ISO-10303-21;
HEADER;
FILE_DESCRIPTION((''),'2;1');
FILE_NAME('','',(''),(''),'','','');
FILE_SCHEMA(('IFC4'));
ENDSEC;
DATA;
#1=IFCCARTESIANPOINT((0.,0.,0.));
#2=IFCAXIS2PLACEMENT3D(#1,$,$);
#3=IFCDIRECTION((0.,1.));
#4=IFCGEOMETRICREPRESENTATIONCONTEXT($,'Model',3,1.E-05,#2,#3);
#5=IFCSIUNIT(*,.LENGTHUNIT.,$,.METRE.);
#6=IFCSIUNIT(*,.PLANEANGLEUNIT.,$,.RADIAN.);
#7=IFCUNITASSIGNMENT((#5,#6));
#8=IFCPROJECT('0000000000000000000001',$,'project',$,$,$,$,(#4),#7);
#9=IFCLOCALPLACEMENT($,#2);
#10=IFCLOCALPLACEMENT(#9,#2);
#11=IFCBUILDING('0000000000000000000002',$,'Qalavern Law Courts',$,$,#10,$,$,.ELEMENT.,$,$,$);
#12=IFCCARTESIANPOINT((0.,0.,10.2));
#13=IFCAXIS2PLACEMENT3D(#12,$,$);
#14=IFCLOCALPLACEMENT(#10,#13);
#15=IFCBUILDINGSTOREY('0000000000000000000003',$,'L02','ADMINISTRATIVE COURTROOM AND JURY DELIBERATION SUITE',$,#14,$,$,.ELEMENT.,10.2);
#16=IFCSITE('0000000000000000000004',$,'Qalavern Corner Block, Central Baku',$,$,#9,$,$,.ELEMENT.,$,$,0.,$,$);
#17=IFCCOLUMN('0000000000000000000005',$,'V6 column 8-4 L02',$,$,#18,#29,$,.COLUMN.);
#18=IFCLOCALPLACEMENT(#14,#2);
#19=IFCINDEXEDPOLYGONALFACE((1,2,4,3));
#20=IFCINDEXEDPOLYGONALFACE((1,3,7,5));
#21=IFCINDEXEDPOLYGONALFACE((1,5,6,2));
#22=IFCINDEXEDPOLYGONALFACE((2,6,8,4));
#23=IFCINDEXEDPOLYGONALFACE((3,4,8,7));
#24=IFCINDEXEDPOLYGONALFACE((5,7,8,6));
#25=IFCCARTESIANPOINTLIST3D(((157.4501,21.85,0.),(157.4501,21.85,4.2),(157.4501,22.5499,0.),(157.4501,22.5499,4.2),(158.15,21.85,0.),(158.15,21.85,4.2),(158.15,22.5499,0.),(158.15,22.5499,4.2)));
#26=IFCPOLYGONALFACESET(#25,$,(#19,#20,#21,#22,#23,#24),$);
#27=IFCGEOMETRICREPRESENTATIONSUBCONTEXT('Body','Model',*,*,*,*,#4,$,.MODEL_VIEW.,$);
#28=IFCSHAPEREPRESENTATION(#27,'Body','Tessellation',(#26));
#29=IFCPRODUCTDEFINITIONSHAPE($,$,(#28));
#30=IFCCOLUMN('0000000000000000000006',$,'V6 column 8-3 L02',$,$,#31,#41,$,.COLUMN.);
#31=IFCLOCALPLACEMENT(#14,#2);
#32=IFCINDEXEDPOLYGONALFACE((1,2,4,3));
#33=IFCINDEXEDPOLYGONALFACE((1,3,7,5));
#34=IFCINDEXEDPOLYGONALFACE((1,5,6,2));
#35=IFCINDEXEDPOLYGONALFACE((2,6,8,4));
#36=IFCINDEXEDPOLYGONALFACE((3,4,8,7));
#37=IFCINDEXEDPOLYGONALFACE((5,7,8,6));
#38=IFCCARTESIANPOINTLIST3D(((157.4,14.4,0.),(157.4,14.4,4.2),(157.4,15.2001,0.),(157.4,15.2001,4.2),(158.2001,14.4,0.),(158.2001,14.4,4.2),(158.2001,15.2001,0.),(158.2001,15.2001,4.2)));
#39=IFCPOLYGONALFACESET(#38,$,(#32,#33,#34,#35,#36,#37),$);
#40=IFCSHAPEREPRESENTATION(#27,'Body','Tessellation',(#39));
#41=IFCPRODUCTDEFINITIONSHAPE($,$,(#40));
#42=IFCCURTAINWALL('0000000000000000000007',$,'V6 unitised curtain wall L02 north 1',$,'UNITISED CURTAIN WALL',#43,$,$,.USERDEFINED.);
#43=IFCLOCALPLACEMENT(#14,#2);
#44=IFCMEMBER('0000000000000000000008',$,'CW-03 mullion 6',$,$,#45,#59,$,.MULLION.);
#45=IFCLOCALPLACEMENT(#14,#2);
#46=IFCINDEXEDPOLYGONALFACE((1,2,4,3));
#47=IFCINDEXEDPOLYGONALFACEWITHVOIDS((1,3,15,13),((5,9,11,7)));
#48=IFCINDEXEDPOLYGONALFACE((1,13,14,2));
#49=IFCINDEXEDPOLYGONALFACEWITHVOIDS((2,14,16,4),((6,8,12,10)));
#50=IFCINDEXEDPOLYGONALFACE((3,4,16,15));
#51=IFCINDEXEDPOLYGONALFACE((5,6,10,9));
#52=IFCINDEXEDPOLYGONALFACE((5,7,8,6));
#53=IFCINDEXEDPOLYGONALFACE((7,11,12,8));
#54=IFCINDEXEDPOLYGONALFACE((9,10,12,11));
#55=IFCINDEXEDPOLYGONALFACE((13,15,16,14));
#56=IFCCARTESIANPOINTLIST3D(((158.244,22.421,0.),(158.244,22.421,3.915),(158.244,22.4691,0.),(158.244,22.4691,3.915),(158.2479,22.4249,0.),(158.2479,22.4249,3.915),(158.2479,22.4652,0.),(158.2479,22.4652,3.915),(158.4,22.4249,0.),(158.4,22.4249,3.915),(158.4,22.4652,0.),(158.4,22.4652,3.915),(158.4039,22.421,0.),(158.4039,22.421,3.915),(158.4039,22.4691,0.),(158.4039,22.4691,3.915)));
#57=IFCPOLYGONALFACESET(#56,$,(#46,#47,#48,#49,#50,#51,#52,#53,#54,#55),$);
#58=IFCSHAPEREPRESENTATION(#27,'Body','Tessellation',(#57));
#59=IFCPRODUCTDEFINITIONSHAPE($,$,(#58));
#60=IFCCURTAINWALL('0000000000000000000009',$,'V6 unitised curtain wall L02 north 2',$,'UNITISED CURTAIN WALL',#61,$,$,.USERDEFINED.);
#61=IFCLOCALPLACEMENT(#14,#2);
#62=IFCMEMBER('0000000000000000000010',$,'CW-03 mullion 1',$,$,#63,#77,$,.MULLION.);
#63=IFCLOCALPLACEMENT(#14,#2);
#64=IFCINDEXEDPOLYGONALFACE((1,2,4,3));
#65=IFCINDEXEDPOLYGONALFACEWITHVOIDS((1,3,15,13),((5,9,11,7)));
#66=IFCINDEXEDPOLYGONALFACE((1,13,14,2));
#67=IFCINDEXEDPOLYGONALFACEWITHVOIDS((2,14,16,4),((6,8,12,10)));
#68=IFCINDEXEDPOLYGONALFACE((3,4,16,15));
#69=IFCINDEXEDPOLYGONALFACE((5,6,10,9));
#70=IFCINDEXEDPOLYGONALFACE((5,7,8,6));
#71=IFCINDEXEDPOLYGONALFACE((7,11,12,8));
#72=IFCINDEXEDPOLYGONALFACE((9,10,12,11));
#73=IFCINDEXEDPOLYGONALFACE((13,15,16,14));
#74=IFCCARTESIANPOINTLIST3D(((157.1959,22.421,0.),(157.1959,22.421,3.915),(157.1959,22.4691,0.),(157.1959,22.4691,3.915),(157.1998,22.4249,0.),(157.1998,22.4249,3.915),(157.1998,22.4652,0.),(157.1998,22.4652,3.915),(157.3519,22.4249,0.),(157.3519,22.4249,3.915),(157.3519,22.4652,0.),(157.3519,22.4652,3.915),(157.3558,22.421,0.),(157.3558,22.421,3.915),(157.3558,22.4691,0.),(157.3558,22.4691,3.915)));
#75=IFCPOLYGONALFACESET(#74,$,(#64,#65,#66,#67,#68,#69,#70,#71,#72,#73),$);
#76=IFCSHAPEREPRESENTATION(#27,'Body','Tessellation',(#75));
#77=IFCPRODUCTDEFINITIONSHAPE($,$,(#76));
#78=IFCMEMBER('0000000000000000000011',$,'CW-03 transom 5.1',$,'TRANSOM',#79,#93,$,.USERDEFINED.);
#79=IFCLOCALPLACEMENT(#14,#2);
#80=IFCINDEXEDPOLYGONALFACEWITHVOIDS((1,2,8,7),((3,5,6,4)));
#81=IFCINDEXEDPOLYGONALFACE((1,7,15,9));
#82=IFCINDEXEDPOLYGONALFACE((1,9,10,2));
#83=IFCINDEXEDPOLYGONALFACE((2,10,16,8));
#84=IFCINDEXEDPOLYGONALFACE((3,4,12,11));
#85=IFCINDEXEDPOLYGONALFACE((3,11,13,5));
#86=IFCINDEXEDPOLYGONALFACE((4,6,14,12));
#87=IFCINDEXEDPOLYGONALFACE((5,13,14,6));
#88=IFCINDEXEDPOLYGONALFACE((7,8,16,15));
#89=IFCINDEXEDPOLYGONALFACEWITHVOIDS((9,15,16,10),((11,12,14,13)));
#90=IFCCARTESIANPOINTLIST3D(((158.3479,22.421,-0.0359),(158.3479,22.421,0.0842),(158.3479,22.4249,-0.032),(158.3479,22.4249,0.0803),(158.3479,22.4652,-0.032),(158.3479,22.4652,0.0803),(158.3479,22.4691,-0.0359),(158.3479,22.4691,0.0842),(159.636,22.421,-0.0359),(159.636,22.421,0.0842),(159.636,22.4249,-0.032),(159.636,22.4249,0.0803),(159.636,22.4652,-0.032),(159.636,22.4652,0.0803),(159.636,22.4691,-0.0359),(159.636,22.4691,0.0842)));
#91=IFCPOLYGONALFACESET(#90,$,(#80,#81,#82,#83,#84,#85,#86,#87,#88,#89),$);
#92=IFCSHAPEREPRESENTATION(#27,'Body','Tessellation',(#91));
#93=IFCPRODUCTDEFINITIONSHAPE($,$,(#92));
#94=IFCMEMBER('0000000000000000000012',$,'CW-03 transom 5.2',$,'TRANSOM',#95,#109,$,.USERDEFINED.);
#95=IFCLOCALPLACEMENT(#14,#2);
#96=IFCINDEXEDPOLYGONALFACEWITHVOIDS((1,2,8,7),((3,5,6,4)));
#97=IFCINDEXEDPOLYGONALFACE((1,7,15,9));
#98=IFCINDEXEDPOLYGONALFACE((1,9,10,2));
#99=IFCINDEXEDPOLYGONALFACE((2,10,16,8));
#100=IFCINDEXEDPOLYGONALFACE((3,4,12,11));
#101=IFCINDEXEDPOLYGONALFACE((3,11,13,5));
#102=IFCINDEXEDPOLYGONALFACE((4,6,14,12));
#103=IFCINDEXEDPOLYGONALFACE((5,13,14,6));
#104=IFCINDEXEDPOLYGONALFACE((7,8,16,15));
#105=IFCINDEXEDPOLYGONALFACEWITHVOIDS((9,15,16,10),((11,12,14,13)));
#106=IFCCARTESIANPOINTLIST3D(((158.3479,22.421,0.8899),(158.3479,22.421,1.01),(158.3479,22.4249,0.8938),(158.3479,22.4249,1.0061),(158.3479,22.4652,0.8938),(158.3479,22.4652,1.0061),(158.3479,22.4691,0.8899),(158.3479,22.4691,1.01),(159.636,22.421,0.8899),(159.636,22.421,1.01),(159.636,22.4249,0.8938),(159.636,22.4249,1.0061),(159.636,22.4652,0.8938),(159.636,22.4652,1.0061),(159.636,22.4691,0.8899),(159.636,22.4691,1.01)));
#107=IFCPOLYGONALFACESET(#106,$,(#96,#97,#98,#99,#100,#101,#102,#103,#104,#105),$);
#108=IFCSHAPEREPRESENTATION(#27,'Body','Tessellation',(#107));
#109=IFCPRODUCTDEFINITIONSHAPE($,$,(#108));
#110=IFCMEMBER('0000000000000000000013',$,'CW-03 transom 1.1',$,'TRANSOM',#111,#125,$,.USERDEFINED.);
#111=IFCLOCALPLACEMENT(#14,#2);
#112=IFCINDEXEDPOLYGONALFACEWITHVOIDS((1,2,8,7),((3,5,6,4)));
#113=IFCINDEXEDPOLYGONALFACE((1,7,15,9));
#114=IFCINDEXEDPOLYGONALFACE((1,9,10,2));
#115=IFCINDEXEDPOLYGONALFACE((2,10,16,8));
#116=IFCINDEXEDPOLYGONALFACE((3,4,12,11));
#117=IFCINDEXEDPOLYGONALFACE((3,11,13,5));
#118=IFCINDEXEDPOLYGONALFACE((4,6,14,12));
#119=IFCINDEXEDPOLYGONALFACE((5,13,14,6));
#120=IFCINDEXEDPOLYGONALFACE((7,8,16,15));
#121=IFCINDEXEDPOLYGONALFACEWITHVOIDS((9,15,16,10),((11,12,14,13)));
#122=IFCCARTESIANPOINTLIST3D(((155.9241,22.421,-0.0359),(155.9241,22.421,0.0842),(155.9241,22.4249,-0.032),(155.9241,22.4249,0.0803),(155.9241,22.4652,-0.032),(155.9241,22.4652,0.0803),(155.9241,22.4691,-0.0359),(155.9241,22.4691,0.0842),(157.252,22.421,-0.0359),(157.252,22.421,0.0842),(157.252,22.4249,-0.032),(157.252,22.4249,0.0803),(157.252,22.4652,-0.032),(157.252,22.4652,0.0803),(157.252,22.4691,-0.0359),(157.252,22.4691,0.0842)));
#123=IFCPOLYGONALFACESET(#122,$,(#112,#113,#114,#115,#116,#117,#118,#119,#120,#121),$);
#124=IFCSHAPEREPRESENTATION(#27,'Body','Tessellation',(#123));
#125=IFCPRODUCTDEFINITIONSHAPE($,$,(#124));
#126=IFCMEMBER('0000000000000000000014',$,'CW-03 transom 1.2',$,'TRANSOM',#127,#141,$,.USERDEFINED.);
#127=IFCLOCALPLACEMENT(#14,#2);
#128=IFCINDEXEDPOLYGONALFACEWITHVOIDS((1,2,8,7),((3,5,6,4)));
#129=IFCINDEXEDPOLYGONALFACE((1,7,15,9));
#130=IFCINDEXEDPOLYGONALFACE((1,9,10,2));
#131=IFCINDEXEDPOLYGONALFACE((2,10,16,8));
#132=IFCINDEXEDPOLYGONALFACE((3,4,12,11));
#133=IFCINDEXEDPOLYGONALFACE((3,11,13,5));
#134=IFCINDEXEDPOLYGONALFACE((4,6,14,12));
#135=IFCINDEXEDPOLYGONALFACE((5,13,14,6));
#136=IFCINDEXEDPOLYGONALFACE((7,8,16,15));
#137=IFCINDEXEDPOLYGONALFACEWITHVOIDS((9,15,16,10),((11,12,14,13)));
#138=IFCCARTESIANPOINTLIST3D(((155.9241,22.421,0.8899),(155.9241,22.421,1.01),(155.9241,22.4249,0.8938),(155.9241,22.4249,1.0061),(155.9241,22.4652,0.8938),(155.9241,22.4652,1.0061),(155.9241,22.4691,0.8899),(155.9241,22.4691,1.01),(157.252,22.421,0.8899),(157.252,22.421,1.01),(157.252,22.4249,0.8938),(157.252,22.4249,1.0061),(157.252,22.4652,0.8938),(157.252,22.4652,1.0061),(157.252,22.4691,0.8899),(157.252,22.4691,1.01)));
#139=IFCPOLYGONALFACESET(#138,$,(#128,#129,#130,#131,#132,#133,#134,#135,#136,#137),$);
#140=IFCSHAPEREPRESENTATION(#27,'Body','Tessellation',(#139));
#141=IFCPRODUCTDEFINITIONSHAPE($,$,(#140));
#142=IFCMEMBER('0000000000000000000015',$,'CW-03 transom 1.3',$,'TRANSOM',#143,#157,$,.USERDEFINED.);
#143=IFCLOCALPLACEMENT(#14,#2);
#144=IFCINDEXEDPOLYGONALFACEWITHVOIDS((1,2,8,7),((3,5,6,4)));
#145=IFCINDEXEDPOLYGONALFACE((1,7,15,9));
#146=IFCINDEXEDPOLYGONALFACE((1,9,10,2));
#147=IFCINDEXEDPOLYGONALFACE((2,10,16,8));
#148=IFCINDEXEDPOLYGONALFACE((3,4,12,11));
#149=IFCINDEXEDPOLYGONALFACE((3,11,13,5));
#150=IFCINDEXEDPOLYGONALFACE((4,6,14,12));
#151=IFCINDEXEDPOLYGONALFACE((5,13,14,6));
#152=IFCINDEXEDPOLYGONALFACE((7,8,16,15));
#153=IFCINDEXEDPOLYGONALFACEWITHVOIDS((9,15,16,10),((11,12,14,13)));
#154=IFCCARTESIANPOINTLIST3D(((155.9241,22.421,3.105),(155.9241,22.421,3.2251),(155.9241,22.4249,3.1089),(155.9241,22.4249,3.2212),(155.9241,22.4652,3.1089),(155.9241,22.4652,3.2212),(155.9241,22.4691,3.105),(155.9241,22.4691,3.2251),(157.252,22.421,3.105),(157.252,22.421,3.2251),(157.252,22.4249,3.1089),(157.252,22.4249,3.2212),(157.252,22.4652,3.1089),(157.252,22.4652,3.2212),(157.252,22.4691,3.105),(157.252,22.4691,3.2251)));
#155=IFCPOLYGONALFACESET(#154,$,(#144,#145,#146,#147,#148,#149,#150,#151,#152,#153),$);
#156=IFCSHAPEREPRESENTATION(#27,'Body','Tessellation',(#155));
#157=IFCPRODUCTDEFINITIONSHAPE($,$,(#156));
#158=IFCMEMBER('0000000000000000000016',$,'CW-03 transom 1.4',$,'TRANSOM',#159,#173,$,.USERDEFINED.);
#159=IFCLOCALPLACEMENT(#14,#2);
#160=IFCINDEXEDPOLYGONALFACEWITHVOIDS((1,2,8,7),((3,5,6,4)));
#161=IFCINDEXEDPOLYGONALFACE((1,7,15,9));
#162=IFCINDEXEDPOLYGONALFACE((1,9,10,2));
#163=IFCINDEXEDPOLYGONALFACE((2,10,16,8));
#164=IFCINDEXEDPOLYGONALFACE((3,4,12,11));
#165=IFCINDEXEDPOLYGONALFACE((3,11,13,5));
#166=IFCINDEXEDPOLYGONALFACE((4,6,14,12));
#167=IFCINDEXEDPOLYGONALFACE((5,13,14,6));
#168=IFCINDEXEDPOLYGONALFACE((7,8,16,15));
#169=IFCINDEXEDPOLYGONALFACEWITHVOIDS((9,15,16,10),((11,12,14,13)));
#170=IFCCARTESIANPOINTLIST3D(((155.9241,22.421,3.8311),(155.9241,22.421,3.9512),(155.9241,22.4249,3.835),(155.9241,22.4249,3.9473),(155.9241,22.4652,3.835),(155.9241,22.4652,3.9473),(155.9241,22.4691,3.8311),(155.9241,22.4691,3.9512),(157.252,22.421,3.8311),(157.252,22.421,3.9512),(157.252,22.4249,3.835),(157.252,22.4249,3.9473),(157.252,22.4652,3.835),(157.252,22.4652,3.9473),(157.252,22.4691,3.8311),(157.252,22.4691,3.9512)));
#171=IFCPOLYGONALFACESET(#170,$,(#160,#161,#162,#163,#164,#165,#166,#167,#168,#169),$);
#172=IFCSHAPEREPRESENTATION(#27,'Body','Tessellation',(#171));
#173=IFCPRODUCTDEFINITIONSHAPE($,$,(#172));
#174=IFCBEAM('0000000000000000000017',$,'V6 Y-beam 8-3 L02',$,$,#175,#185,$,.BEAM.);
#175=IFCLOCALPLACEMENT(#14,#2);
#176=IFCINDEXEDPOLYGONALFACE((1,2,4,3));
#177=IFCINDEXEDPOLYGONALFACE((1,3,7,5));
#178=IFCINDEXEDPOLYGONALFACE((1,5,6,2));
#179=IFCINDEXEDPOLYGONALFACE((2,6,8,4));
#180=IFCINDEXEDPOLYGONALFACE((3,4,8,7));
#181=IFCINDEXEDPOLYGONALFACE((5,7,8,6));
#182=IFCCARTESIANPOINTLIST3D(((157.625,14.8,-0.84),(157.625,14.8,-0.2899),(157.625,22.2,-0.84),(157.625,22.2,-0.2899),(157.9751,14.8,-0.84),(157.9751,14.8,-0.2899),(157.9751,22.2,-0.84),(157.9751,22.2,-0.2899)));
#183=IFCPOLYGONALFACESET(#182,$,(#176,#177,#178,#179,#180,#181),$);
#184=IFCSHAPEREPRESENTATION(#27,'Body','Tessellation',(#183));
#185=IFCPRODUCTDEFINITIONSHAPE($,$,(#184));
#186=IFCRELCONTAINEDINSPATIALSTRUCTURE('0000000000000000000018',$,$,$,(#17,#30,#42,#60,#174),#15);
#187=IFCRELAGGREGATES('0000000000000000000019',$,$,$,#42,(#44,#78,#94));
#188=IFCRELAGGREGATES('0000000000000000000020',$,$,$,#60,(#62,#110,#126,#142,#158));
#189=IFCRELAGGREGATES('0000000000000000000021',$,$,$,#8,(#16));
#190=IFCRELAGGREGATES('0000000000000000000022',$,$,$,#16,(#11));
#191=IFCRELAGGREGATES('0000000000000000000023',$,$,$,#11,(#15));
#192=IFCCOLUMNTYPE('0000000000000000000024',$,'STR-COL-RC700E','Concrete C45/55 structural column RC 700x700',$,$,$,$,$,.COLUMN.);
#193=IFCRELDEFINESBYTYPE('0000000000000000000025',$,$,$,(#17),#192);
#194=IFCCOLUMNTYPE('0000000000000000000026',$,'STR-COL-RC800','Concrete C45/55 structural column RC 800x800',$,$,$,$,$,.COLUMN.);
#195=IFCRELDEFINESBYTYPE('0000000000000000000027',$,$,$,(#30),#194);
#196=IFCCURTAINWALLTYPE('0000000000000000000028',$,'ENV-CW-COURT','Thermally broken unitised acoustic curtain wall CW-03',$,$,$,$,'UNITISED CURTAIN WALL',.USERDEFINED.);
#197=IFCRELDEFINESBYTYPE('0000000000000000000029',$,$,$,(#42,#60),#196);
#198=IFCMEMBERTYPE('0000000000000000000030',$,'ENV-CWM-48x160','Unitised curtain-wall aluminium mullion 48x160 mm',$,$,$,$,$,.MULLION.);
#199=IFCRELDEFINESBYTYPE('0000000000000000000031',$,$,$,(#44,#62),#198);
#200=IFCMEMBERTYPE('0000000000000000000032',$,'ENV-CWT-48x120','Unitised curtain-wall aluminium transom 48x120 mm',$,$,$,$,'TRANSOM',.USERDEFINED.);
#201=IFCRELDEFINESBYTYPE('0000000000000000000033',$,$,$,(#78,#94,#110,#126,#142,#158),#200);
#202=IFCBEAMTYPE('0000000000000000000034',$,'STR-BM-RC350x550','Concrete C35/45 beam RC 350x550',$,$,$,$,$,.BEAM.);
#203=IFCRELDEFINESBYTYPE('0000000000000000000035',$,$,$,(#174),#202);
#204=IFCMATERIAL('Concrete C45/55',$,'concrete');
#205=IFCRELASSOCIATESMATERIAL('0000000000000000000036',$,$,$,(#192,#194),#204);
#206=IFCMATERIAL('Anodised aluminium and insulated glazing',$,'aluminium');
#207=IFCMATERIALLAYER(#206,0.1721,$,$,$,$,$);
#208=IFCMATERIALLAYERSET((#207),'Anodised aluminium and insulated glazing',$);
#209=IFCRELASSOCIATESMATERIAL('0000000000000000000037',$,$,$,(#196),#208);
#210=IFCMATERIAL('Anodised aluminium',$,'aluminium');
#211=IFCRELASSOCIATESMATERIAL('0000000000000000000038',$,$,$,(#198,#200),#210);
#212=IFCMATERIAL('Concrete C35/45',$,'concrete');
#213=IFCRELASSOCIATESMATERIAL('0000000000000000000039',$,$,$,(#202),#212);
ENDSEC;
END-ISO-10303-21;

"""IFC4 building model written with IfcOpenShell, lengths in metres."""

from ifc_helpers import new_model, si_unit, direction, frame, origin, origin_2d, place, context, subcontext, project, spatial, rectangle, hollow_rectangle, extrude, material, layer, layer_set, material_profile, profile_set, type_object, element, aggregate, save


model = new_model("IFC4")

# Units and contexts
model_context = context("Model", 3, precision=1e-05, world=origin(), true_north=direction((0.0, 1.0)))
body_context = subcontext(model_context, "Body", "Model", "MODEL_VIEW")
ifc_project = project(units=[si_unit("LENGTHUNIT", "METRE"), si_unit("PLANEANGLEUNIT", "RADIAN")], contexts=[model_context])

# Site, building, storey
site_placement = place(None, origin())
site = spatial("IfcSite", under=ifc_project, at=site_placement, Name="Qalavern Corner Block, Central Baku", CompositionType="ELEMENT", RefElevation=0.0)
building_placement = place(site_placement, origin())
building = spatial("IfcBuilding", under=site, at=building_placement, Name="Qalavern Law Courts", CompositionType="ELEMENT")
storey_placement = place(building_placement, frame((0.0, 0.0, 10.2)))
storey = spatial("IfcBuildingStorey", under=building, at=storey_placement, Name="L02", Description="ADMINISTRATIVE COURTROOM AND JURY DELIBERATION SUITE", CompositionType="ELEMENT", Elevation=10.2)

# Columns
ifc_material_1 = material(Name="Concrete C45/55", Category="concrete")
ifc_material_profile_1 = material_profile(ifc_material_1, rectangle(XDim=0.7, YDim=0.7, at=origin_2d()), Name="RC 700x700")
ifc_profile_set_1 = profile_set([ifc_material_profile_1], Name="Concrete C45/55")
column_type_1 = type_object("IfcColumnType", Name="STR-COL-RC700E", Description="Concrete C45/55 structural column RC 700x700", PredefinedType="COLUMN", material=ifc_profile_set_1)
column_1_placement = place(storey_placement, frame((157.8, 22.2, 0.0), z_axis=(0.0, 0.0, 1.0), x_axis=(1.0, 0.0, 0.0)))
element("IfcColumn", 1, at=column_1_placement, inside=storey, type_object=column_type_1, Name="V6 column 8-4 L02", PredefinedType="COLUMN", context=body_context, shape_type="SweptSolid", body=[
    extrude(rectangle(XDim=0.7, YDim=0.7, at=origin_2d()), origin(), (0.0, 0.0, 1.0), 4.2),
])
ifc_material_profile_2 = material_profile(ifc_material_1, rectangle(XDim=0.8, YDim=0.8, at=origin_2d()), Name="RC 800x800")
ifc_profile_set_2 = profile_set([ifc_material_profile_2], Name="Concrete C45/55")
column_type_2 = type_object("IfcColumnType", Name="STR-COL-RC800", Description="Concrete C45/55 structural column RC 800x800", PredefinedType="COLUMN", material=ifc_profile_set_2)
column_2_placement = place(storey_placement, frame((157.8, 14.8, 0.0), z_axis=(0.0, 0.0, 1.0), x_axis=(1.0, 0.0, 0.0)))
element("IfcColumn", 2, at=column_2_placement, inside=storey, type_object=column_type_2, Name="V6 column 8-3 L02", PredefinedType="COLUMN", context=body_context, shape_type="SweptSolid", body=[
    extrude(rectangle(XDim=0.8, YDim=0.8, at=origin_2d()), origin(), (0.0, 0.0, 1.0), 4.2),
])

# Curtain walls, members
ifc_material_2 = material(Name="Anodised aluminium and insulated glazing", Category="aluminium")
ifc_layer_1 = layer(ifc_material_2, 0.1721)
ifc_layer_set_1 = layer_set([ifc_layer_1], Name="Anodised aluminium and insulated glazing")
curtain_wall_type = type_object("IfcCurtainWallType", Name="ENV-CW-COURT", Description="Thermally broken unitised acoustic curtain wall CW-03", ElementType="UNITISED CURTAIN WALL", PredefinedType="USERDEFINED", material=ifc_layer_set_1)
curtain_wall_1_placement = place(storey_placement, origin())
curtain_wall_1 = element("IfcCurtainWall", 3, at=curtain_wall_1_placement, inside=storey, type_object=curtain_wall_type, Name="V6 unitised curtain wall L02 north 1", ObjectType="UNITISED CURTAIN WALL", PredefinedType="USERDEFINED")
ifc_material_3 = material(Name="Anodised aluminium", Category="aluminium")
ifc_material_profile_3 = material_profile(ifc_material_3, hollow_rectangle(XDim=0.0481, YDim=0.1599, WallThickness=0.0039, at=origin_2d()), Name="ALU MULLION 48x160")
ifc_profile_set_3 = profile_set([ifc_material_profile_3], Name="Anodised aluminium")
member_type_1 = type_object("IfcMemberType", Name="ENV-CWM-48x160", Description="Unitised curtain-wall aluminium mullion 48x160 mm", PredefinedType="MULLION", material=ifc_profile_set_3)
member_1_placement = place(storey_placement, frame((158.324, 22.4451, 0.0), z_axis=(0.0, 0.0, 1.0), x_axis=(0.0, -1.0, 0.0)))
member_1 = element("IfcMember", 4, at=member_1_placement, type_object=member_type_1, Name="CW-03 mullion 6", PredefinedType="MULLION", context=body_context, shape_type="SweptSolid", body=[
    extrude(hollow_rectangle(XDim=0.0481, YDim=0.1599, WallThickness=0.0039, at=origin_2d()), origin(), (0.0, 0.0, 1.0), 3.915),
])
curtain_wall_2_placement = place(storey_placement, origin())
curtain_wall_2 = element("IfcCurtainWall", 5, at=curtain_wall_2_placement, inside=storey, type_object=curtain_wall_type, Name="V6 unitised curtain wall L02 north 2", ObjectType="UNITISED CURTAIN WALL", PredefinedType="USERDEFINED")
member_2_placement = place(storey_placement, frame((157.2759, 22.4451, 0.0), z_axis=(0.0, 0.0, 1.0), x_axis=(0.0, -1.0, 0.0)))
member_2 = element("IfcMember", 6, at=member_2_placement, type_object=member_type_1, Name="CW-03 mullion 1", PredefinedType="MULLION", context=body_context, shape_type="SweptSolid", body=[
    extrude(hollow_rectangle(XDim=0.0481, YDim=0.1599, WallThickness=0.0039, at=origin_2d()), origin(), (0.0, 0.0, 1.0), 3.915),
])

# Members
ifc_material_profile_4 = material_profile(ifc_material_3, hollow_rectangle(XDim=0.0481, YDim=0.1201, WallThickness=0.0039, at=origin_2d()), Name="ALU TRANSOM 48x120")
ifc_profile_set_4 = profile_set([ifc_material_profile_4], Name="Anodised aluminium")
member_type_2 = type_object("IfcMemberType", Name="ENV-CWT-48x120", Description="Unitised curtain-wall aluminium transom 48x120 mm", ElementType="TRANSOM", PredefinedType="USERDEFINED", material=ifc_profile_set_4)
member_3_placement = place(storey_placement, frame((159.636, 22.4451, 0.0242), z_axis=(-1.0, 0.0, 0.0), x_axis=(0.0, -1.0, 0.0)))
member_3 = element("IfcMember", 7, at=member_3_placement, type_object=member_type_2, Name="CW-03 transom 5.1", ObjectType="TRANSOM", PredefinedType="USERDEFINED", context=body_context, shape_type="SweptSolid", body=[
    extrude(hollow_rectangle(XDim=0.0481, YDim=0.1201, WallThickness=0.0039, at=origin_2d()), origin(), (0.0, 0.0, 1.0), 1.2881),
])
member_4_placement = place(storey_placement, frame((159.636, 22.4451, 0.95), z_axis=(-1.0, 0.0, 0.0), x_axis=(0.0, -1.0, 0.0)))
member_4 = element("IfcMember", 8, at=member_4_placement, type_object=member_type_2, Name="CW-03 transom 5.2", ObjectType="TRANSOM", PredefinedType="USERDEFINED", context=body_context, shape_type="SweptSolid", body=[
    extrude(hollow_rectangle(XDim=0.0481, YDim=0.1201, WallThickness=0.0039, at=origin_2d()), origin(), (0.0, 0.0, 1.0), 1.2881),
])
member_5_placement = place(storey_placement, frame((157.252, 22.4451, 0.0242), z_axis=(-1.0, 0.0, 0.0), x_axis=(0.0, -1.0, 0.0)))
member_5 = element("IfcMember", 9, at=member_5_placement, type_object=member_type_2, Name="CW-03 transom 1.1", ObjectType="TRANSOM", PredefinedType="USERDEFINED", context=body_context, shape_type="SweptSolid", body=[
    extrude(hollow_rectangle(XDim=0.0481, YDim=0.1201, WallThickness=0.0039, at=origin_2d()), origin(), (0.0, 0.0, 1.0), 1.3279),
])
member_6_placement = place(storey_placement, frame((157.252, 22.4451, 0.95), z_axis=(-1.0, 0.0, 0.0), x_axis=(0.0, -1.0, 0.0)))
member_6 = element("IfcMember", 10, at=member_6_placement, type_object=member_type_2, Name="CW-03 transom 1.2", ObjectType="TRANSOM", PredefinedType="USERDEFINED", context=body_context, shape_type="SweptSolid", body=[
    extrude(hollow_rectangle(XDim=0.0481, YDim=0.1201, WallThickness=0.0039, at=origin_2d()), origin(), (0.0, 0.0, 1.0), 1.3279),
])
member_7_placement = place(storey_placement, frame((157.252, 22.4451, 3.165), z_axis=(-1.0, 0.0, 0.0), x_axis=(0.0, -1.0, 0.0)))
member_7 = element("IfcMember", 11, at=member_7_placement, type_object=member_type_2, Name="CW-03 transom 1.3", ObjectType="TRANSOM", PredefinedType="USERDEFINED", context=body_context, shape_type="SweptSolid", body=[
    extrude(hollow_rectangle(XDim=0.0481, YDim=0.1201, WallThickness=0.0039, at=origin_2d()), origin(), (0.0, 0.0, 1.0), 1.3279),
])
member_8_placement = place(storey_placement, frame((157.252, 22.4451, 3.8911), z_axis=(-1.0, 0.0, 0.0), x_axis=(0.0, -1.0, 0.0)))
member_8 = element("IfcMember", 12, at=member_8_placement, type_object=member_type_2, Name="CW-03 transom 1.4", ObjectType="TRANSOM", PredefinedType="USERDEFINED", context=body_context, shape_type="SweptSolid", body=[
    extrude(hollow_rectangle(XDim=0.0481, YDim=0.1201, WallThickness=0.0039, at=origin_2d()), origin(), (0.0, 0.0, 1.0), 1.3279),
])

# Beam
ifc_material_4 = material(Name="Concrete C35/45", Category="concrete")
ifc_material_profile_5 = material_profile(ifc_material_4, rectangle(XDim=0.3501, YDim=0.55, at=origin_2d()), Name="RC 350x550")
ifc_profile_set_5 = profile_set([ifc_material_profile_5], Name="Concrete C35/45")
beam_type_1 = type_object("IfcBeamType", Name="STR-BM-RC350x550", Description="Concrete C35/45 beam RC 350x550", PredefinedType="BEAM", material=ifc_profile_set_5)
beam_1_placement = place(storey_placement, frame((157.8, 14.8, -0.5649), z_axis=(0.0, 1.0, 0.0), x_axis=(-1.0, 0.0, 0.0)))
element("IfcBeam", 13, at=beam_1_placement, inside=storey, type_object=beam_type_1, Name="V6 Y-beam 8-3 L02", PredefinedType="BEAM", context=body_context, shape_type="SweptSolid", body=[
    extrude(rectangle(XDim=0.3501, YDim=0.55, at=origin_2d()), origin(), (0.0, 0.0, 1.0), 7.3999),
])

aggregate(curtain_wall_1, [member_1, member_3, member_4])
aggregate(curtain_wall_2, [member_2, member_5, member_6, member_7, member_8])

save(model, "model.ifc")
